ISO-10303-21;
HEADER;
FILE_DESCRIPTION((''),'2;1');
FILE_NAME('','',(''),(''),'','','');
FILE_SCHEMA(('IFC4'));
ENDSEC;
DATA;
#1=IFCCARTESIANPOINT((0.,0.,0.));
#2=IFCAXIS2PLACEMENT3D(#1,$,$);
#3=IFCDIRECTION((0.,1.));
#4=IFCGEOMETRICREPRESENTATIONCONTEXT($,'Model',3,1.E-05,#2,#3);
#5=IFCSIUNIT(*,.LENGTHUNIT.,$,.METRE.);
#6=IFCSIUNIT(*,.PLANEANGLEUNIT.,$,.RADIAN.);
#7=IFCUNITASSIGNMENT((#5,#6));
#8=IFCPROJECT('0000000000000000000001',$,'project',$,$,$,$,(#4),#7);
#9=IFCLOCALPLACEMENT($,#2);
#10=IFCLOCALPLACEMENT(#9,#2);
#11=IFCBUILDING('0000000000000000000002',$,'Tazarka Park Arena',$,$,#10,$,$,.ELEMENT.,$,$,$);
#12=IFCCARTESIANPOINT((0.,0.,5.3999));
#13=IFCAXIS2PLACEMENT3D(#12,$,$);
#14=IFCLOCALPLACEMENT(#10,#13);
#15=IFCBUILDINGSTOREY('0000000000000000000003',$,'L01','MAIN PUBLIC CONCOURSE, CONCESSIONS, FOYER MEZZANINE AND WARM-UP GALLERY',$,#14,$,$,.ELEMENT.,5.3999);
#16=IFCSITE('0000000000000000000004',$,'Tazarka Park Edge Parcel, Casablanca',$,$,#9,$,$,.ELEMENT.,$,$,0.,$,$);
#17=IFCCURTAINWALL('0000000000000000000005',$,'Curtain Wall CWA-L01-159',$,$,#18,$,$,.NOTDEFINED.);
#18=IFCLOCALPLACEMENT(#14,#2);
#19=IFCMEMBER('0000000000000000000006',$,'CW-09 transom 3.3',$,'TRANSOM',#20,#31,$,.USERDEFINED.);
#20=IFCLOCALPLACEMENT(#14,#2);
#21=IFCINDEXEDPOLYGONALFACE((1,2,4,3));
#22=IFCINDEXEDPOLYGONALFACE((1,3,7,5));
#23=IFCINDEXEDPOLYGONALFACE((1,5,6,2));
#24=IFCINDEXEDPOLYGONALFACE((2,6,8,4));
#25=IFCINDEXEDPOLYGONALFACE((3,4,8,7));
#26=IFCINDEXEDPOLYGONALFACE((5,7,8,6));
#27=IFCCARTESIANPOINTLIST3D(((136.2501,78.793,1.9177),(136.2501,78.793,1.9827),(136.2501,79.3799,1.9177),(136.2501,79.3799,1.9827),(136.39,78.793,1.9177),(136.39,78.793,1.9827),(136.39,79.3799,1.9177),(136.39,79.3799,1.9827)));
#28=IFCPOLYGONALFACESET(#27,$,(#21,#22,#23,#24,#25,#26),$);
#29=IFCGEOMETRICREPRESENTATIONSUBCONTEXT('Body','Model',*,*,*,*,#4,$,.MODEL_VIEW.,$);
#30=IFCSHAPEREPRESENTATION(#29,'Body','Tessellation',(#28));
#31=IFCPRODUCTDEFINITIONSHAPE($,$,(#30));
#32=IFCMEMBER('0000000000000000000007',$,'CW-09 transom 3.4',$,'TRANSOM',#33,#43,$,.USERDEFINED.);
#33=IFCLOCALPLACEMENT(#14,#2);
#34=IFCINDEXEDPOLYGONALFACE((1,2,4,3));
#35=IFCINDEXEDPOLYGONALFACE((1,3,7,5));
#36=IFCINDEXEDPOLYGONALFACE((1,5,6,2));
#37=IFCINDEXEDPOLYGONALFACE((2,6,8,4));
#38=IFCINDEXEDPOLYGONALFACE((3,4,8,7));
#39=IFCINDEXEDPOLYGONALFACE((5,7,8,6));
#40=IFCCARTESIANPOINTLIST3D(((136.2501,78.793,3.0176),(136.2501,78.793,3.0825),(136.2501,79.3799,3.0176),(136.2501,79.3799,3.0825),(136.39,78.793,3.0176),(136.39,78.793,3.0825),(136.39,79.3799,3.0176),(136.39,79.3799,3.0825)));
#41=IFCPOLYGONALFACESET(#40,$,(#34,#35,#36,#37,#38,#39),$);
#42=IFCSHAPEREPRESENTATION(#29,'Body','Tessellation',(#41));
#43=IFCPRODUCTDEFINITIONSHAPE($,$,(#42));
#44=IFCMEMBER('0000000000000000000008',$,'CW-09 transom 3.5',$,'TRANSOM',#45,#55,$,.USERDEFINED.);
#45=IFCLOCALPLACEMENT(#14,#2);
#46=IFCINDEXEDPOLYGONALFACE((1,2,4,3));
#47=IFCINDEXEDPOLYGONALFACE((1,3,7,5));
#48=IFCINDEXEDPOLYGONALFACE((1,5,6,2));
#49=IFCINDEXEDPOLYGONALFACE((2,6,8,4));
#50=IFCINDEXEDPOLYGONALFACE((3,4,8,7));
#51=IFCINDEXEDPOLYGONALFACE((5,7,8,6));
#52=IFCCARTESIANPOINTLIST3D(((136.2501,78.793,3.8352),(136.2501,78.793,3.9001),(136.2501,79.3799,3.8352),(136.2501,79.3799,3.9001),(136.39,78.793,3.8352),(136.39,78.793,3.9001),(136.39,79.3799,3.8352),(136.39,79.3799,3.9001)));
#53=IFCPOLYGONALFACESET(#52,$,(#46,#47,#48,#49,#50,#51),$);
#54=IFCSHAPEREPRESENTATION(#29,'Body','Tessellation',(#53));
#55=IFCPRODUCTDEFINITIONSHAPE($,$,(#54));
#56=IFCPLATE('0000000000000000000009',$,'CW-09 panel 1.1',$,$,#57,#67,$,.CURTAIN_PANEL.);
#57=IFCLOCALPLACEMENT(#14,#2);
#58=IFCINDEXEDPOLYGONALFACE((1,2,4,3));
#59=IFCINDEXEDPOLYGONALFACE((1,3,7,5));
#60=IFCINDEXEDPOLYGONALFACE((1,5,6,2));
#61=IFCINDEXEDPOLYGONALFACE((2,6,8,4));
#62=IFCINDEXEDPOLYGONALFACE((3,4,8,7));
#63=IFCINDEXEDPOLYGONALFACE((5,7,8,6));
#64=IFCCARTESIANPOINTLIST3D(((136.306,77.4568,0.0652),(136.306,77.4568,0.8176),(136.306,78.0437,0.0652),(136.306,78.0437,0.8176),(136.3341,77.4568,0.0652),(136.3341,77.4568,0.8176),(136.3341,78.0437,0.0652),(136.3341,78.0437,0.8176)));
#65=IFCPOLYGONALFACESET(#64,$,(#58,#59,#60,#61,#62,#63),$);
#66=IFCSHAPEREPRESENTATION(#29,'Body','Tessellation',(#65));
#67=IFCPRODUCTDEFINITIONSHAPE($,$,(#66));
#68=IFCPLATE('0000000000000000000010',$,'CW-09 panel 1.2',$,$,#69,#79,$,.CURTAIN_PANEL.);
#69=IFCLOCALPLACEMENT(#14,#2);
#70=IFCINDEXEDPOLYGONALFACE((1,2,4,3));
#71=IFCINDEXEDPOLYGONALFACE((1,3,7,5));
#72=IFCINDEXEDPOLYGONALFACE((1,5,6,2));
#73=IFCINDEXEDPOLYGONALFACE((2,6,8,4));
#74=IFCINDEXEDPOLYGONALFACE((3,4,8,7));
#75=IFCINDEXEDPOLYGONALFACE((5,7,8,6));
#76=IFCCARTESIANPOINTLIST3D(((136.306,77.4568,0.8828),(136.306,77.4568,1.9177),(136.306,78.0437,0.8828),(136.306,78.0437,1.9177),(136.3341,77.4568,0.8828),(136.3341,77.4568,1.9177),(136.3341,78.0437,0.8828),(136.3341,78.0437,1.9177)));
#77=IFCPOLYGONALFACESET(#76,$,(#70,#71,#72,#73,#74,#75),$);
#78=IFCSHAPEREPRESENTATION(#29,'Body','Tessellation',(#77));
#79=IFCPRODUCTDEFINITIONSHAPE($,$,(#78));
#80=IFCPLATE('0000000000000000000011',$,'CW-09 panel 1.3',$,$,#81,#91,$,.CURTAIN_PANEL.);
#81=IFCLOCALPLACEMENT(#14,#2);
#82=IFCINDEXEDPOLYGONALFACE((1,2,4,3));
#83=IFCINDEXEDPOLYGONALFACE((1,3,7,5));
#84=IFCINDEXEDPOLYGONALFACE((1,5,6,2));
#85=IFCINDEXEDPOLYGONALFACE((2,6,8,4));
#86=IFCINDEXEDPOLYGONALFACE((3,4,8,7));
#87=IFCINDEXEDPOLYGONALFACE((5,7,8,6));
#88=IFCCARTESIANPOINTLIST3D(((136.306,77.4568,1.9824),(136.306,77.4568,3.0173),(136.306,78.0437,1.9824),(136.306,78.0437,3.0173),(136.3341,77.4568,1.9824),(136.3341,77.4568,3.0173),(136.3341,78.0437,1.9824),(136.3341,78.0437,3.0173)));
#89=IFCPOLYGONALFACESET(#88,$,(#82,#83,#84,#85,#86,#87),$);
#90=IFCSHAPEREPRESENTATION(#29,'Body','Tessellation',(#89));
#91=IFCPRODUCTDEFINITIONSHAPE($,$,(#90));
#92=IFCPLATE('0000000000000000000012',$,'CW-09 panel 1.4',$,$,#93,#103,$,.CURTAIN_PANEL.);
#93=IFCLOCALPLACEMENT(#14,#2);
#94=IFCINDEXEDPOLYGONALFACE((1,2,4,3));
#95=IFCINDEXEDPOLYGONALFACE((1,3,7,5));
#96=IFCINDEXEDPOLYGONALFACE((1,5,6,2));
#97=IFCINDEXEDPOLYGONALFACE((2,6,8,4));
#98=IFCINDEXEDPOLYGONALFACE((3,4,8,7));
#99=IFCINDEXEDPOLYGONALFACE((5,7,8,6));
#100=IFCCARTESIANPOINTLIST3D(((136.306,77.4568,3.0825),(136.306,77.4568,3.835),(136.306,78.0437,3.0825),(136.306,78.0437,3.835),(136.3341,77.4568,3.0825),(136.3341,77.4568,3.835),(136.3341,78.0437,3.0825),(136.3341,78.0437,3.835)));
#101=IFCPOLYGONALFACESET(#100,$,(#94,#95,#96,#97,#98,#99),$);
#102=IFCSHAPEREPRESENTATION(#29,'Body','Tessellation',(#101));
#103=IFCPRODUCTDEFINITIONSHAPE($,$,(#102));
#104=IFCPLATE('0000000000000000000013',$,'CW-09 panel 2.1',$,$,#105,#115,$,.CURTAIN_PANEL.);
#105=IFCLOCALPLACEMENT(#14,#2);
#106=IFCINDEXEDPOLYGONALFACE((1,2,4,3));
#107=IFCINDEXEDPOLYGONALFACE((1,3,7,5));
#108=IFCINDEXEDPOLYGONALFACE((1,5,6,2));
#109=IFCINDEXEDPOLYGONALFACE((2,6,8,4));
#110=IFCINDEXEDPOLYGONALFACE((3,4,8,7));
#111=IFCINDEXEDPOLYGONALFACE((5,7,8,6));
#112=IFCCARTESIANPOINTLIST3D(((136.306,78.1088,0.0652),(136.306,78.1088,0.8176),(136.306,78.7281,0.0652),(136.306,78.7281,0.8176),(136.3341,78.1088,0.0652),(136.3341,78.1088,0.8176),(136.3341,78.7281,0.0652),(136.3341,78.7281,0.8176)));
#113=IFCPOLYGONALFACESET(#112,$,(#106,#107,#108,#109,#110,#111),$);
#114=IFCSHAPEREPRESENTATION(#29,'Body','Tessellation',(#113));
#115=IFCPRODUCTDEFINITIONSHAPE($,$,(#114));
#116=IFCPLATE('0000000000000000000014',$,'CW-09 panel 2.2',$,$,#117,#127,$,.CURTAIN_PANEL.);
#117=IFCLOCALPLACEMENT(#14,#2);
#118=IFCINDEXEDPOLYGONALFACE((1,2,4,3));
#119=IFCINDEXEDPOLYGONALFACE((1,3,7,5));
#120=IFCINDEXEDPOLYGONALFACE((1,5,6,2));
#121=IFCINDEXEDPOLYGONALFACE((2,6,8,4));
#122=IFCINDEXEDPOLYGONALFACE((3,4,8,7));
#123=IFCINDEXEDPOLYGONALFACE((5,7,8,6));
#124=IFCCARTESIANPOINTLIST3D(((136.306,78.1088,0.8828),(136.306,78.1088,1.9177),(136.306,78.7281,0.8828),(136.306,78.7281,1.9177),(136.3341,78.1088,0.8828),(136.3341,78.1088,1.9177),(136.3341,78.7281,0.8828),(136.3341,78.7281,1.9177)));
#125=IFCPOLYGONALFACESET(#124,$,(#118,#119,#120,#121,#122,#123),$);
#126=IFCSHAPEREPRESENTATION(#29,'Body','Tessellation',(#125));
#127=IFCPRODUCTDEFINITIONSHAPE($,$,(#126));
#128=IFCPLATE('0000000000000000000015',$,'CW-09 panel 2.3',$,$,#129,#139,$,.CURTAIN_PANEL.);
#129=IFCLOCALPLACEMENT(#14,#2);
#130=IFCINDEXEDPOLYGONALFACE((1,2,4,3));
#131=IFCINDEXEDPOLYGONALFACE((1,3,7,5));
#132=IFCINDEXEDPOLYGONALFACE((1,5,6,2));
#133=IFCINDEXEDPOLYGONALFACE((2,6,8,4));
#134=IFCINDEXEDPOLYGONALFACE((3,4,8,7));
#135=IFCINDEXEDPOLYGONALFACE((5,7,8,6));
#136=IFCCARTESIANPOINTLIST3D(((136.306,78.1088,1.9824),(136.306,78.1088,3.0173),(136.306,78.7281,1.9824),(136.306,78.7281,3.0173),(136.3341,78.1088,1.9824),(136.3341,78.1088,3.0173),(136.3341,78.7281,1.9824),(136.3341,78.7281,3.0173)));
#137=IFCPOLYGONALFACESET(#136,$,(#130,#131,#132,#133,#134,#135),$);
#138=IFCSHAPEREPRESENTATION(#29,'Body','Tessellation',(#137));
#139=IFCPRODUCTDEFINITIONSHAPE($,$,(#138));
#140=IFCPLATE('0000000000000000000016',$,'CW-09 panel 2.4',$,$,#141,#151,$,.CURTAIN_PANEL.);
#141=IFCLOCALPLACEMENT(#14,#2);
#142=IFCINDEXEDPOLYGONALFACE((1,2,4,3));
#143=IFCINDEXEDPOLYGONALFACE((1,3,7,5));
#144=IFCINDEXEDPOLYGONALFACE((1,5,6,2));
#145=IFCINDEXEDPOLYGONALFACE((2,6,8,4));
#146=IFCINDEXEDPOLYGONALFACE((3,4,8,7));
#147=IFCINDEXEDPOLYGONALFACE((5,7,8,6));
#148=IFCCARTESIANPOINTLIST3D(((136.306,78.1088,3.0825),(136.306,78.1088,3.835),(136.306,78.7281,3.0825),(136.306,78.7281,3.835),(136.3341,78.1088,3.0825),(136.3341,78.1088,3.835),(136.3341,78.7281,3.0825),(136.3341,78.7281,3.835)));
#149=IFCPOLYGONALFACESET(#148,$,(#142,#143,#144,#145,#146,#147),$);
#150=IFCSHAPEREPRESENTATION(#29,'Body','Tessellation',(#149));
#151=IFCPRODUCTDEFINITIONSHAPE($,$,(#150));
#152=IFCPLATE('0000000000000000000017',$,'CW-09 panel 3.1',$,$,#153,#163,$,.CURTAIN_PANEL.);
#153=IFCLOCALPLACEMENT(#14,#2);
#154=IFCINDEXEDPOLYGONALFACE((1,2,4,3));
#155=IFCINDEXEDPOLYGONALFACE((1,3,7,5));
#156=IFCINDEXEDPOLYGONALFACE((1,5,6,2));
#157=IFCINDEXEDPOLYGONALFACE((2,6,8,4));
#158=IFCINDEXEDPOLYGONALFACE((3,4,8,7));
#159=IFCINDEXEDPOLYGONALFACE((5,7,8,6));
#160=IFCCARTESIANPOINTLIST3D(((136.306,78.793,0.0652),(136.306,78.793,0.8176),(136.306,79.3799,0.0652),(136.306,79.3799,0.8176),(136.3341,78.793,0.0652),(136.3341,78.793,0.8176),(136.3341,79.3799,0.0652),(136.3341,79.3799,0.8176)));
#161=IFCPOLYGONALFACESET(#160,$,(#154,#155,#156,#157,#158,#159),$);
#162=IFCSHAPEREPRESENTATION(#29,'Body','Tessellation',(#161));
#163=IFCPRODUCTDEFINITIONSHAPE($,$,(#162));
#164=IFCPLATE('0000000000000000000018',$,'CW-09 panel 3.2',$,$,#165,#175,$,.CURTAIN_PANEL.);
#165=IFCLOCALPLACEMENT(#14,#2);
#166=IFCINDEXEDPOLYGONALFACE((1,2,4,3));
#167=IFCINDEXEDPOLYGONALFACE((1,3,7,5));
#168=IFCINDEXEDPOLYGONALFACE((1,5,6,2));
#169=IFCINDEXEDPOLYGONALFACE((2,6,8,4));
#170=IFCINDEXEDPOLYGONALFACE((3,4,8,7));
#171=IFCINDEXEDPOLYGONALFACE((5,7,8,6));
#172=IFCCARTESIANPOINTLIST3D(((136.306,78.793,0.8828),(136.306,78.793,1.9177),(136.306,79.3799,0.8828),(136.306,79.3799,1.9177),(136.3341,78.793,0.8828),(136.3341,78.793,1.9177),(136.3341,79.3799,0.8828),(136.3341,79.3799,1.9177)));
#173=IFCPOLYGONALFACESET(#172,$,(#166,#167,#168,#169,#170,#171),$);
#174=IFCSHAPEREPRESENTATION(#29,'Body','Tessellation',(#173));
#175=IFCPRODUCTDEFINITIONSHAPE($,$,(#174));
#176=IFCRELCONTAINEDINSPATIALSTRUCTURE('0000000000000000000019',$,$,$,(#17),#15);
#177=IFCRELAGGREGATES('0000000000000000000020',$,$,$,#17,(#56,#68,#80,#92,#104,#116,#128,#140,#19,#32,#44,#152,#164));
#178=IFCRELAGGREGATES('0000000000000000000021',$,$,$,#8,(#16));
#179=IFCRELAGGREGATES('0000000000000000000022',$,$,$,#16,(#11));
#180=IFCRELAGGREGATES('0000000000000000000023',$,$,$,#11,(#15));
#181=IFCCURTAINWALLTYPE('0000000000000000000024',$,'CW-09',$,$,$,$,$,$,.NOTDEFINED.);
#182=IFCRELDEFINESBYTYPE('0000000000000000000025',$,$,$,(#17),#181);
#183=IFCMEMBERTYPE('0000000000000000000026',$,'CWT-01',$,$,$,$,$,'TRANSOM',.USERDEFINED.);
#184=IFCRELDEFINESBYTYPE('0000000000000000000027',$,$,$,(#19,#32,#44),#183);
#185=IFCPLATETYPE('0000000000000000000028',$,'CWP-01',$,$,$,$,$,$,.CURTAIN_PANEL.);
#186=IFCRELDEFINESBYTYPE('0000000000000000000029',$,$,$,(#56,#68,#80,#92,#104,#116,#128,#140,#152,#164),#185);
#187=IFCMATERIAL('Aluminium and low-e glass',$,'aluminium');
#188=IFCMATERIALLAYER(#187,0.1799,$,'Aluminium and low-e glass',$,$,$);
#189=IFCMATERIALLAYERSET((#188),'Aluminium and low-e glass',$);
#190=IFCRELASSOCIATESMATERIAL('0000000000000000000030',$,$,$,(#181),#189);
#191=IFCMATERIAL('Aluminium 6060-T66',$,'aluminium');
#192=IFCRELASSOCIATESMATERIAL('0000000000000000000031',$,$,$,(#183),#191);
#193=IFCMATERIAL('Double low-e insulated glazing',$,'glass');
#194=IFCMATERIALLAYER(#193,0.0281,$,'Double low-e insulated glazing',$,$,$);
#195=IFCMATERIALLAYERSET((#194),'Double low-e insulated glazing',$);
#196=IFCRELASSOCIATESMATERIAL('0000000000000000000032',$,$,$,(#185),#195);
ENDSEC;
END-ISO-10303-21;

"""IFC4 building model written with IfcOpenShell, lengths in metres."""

from ifc_helpers import new_model, si_unit, direction, frame, origin, origin_2d, place, context, subcontext, project, spatial, rectangle, extrude, material, layer, layer_set, material_profile, profile_set, type_object, element, aggregate, save


model = new_model("IFC4")

# Units and contexts
model_context = context("Model", 3, precision=1e-05, world=origin(), true_north=direction((0.0, 1.0)))
body_context = subcontext(model_context, "Body", "Model", "MODEL_VIEW")
ifc_project = project(units=[si_unit("LENGTHUNIT", "METRE"), si_unit("PLANEANGLEUNIT", "RADIAN")], contexts=[model_context])

# Site, building, storey
site_placement = place(None, origin())
site = spatial("IfcSite", under=ifc_project, at=site_placement, Name="Tazarka Park Edge Parcel, Casablanca", CompositionType="ELEMENT", RefElevation=0.0)
building_placement = place(site_placement, origin())
building = spatial("IfcBuilding", under=site, at=building_placement, Name="Tazarka Park Arena", CompositionType="ELEMENT")
storey_placement = place(building_placement, frame((0.0, 0.0, 5.3999)))
storey = spatial("IfcBuildingStorey", under=building, at=storey_placement, Name="L01", Description="MAIN PUBLIC CONCOURSE, CONCESSIONS, FOYER MEZZANINE AND WARM-UP GALLERY", CompositionType="ELEMENT", Elevation=5.3999)

# Curtain wall, members, plates
ifc_material_1 = material(Name="Aluminium and low-e glass", Category="aluminium")
ifc_layer_1 = layer(ifc_material_1, 0.1799, Name="Aluminium and low-e glass")
ifc_layer_set_1 = layer_set([ifc_layer_1], Name="Aluminium and low-e glass")
curtain_wall_type = type_object("IfcCurtainWallType", Name="CW-09", PredefinedType="NOTDEFINED", material=ifc_layer_set_1)
curtain_wall_placement = place(storey_placement, origin())
curtain_wall = element("IfcCurtainWall", 1, at=curtain_wall_placement, inside=storey, type_object=curtain_wall_type, Name="Curtain Wall CWA-L01-159", PredefinedType="NOTDEFINED")
ifc_material_2 = material(Name="Aluminium 6060-T66", Category="aluminium")
ifc_material_profile_1 = material_profile(ifc_material_2, rectangle(XDim=0.1399, YDim=0.0649, at=origin_2d()), Name="Aluminium 6060-T66")
ifc_profile_set_1 = profile_set([ifc_material_profile_1], Name="Aluminium 6060-T66")
member_type_1 = type_object("IfcMemberType", Name="CWT-01", ElementType="TRANSOM", PredefinedType="USERDEFINED", material=ifc_profile_set_1)
member_1_placement = place(storey_placement, frame((136.3201, 78.793, 1.9502), z_axis=(0.0, 1.0, 0.0), x_axis=(-1.0, 0.0, 0.0)))
member_1 = element("IfcMember", 2, at=member_1_placement, type_object=member_type_1, Name="CW-09 transom 3.3", ObjectType="TRANSOM", PredefinedType="USERDEFINED", context=body_context, shape_type="SweptSolid", body=[
    extrude(rectangle(XDim=0.1399, YDim=0.0649, at=origin_2d()), origin(), (0.0, 0.0, 1.0), 0.5869),
])
member_2_placement = place(storey_placement, frame((136.3201, 78.793, 3.05), z_axis=(0.0, 1.0, 0.0), x_axis=(-1.0, 0.0, 0.0)))
member_2 = element("IfcMember", 3, at=member_2_placement, type_object=member_type_1, Name="CW-09 transom 3.4", ObjectType="TRANSOM", PredefinedType="USERDEFINED", context=body_context, shape_type="SweptSolid", body=[
    extrude(rectangle(XDim=0.1399, YDim=0.0649, at=origin_2d()), origin(), (0.0, 0.0, 1.0), 0.5869),
])
member_3_placement = place(storey_placement, frame((136.3201, 78.793, 3.8677), z_axis=(0.0, 1.0, 0.0), x_axis=(-1.0, 0.0, 0.0)))
member_3 = element("IfcMember", 4, at=member_3_placement, type_object=member_type_1, Name="CW-09 transom 3.5", ObjectType="TRANSOM", PredefinedType="USERDEFINED", context=body_context, shape_type="SweptSolid", body=[
    extrude(rectangle(XDim=0.1399, YDim=0.0649, at=origin_2d()), origin(), (0.0, 0.0, 1.0), 0.5869),
])
ifc_material_3 = material(Name="Double low-e insulated glazing", Category="glass")
ifc_layer_2 = layer(ifc_material_3, 0.0281, Name="Double low-e insulated glazing")
ifc_layer_set_2 = layer_set([ifc_layer_2], Name="Double low-e insulated glazing")
plate_type = type_object("IfcPlateType", Name="CWP-01", PredefinedType="CURTAIN_PANEL", material=ifc_layer_set_2)
plate_1_placement = place(storey_placement, frame((136.3201, 77.7502, 0.0652), z_axis=(0.0, 0.0, 1.0), x_axis=(0.0, 1.0, 0.0)))
plate_1 = element("IfcPlate", 5, at=plate_1_placement, type_object=plate_type, Name="CW-09 panel 1.1", PredefinedType="CURTAIN_PANEL", context=body_context, shape_type="SweptSolid", body=[
    extrude(rectangle(XDim=0.5869, YDim=0.0281, at=origin_2d()), origin(), (0.0, 0.0, 1.0), 0.7524),
])
plate_2_placement = place(storey_placement, frame((136.3201, 77.7502, 0.8828), z_axis=(0.0, 0.0, 1.0), x_axis=(0.0, 1.0, 0.0)))
plate_2 = element("IfcPlate", 6, at=plate_2_placement, type_object=plate_type, Name="CW-09 panel 1.2", PredefinedType="CURTAIN_PANEL", context=body_context, shape_type="SweptSolid", body=[
    extrude(rectangle(XDim=0.5869, YDim=0.0281, at=origin_2d()), origin(), (0.0, 0.0, 1.0), 1.0349),
])
plate_3_placement = place(storey_placement, frame((136.3201, 77.7502, 1.9824), z_axis=(0.0, 0.0, 1.0), x_axis=(0.0, 1.0, 0.0)))
plate_3 = element("IfcPlate", 7, at=plate_3_placement, type_object=plate_type, Name="CW-09 panel 1.3", PredefinedType="CURTAIN_PANEL", context=body_context, shape_type="SweptSolid", body=[
    extrude(rectangle(XDim=0.5869, YDim=0.0281, at=origin_2d()), origin(), (0.0, 0.0, 1.0), 1.0349),
])
plate_4_placement = place(storey_placement, frame((136.3201, 77.7502, 3.0825), z_axis=(0.0, 0.0, 1.0), x_axis=(0.0, 1.0, 0.0)))
plate_4 = element("IfcPlate", 8, at=plate_4_placement, type_object=plate_type, Name="CW-09 panel 1.4", PredefinedType="CURTAIN_PANEL", context=body_context, shape_type="SweptSolid", body=[
    extrude(rectangle(XDim=0.5869, YDim=0.0281, at=origin_2d()), origin(), (0.0, 0.0, 1.0), 0.7524),
])
plate_5_placement = place(storey_placement, frame((136.3201, 78.4185, 0.0652), z_axis=(0.0, 0.0, 1.0), x_axis=(0.0, 1.0, 0.0)))
plate_5 = element("IfcPlate", 9, at=plate_5_placement, type_object=plate_type, Name="CW-09 panel 2.1", PredefinedType="CURTAIN_PANEL", context=body_context, shape_type="SweptSolid", body=[
    extrude(rectangle(XDim=0.6194, YDim=0.0281, at=origin_2d()), origin(), (0.0, 0.0, 1.0), 0.7524),
])
plate_6_placement = place(storey_placement, frame((136.3201, 78.4185, 0.8828), z_axis=(0.0, 0.0, 1.0), x_axis=(0.0, 1.0, 0.0)))
plate_6 = element("IfcPlate", 10, at=plate_6_placement, type_object=plate_type, Name="CW-09 panel 2.2", PredefinedType="CURTAIN_PANEL", context=body_context, shape_type="SweptSolid", body=[
    extrude(rectangle(XDim=0.6194, YDim=0.0281, at=origin_2d()), origin(), (0.0, 0.0, 1.0), 1.0349),
])
plate_7_placement = place(storey_placement, frame((136.3201, 78.4185, 1.9824), z_axis=(0.0, 0.0, 1.0), x_axis=(0.0, 1.0, 0.0)))
plate_7 = element("IfcPlate", 11, at=plate_7_placement, type_object=plate_type, Name="CW-09 panel 2.3", PredefinedType="CURTAIN_PANEL", context=body_context, shape_type="SweptSolid", body=[
    extrude(rectangle(XDim=0.6194, YDim=0.0281, at=origin_2d()), origin(), (0.0, 0.0, 1.0), 1.0349),
])
plate_8_placement = place(storey_placement, frame((136.3201, 78.4185, 3.0825), z_axis=(0.0, 0.0, 1.0), x_axis=(0.0, 1.0, 0.0)))
plate_8 = element("IfcPlate", 12, at=plate_8_placement, type_object=plate_type, Name="CW-09 panel 2.4", PredefinedType="CURTAIN_PANEL", context=body_context, shape_type="SweptSolid", body=[
    extrude(rectangle(XDim=0.6194, YDim=0.0281, at=origin_2d()), origin(), (0.0, 0.0, 1.0), 0.7524),
])
plate_9_placement = place(storey_placement, frame((136.3201, 79.0864, 0.0652), z_axis=(0.0, 0.0, 1.0), x_axis=(0.0, 1.0, 0.0)))
plate_9 = element("IfcPlate", 13, at=plate_9_placement, type_object=plate_type, Name="CW-09 panel 3.1", PredefinedType="CURTAIN_PANEL", context=body_context, shape_type="SweptSolid", body=[
    extrude(rectangle(XDim=0.5869, YDim=0.0281, at=origin_2d()), origin(), (0.0, 0.0, 1.0), 0.7524),
])
plate_10_placement = place(storey_placement, frame((136.3201, 79.0864, 0.8828), z_axis=(0.0, 0.0, 1.0), x_axis=(0.0, 1.0, 0.0)))
plate_10 = element("IfcPlate", 14, at=plate_10_placement, type_object=plate_type, Name="CW-09 panel 3.2", PredefinedType="CURTAIN_PANEL", context=body_context, shape_type="SweptSolid", body=[
    extrude(rectangle(XDim=0.5869, YDim=0.0281, at=origin_2d()), origin(), (0.0, 0.0, 1.0), 1.0349),
])
aggregate(curtain_wall, [plate_1, plate_2, plate_3, plate_4, plate_5, plate_6, plate_7, plate_8, member_1, member_2, member_3, plate_9, plate_10])

save(model, "model.ifc")
